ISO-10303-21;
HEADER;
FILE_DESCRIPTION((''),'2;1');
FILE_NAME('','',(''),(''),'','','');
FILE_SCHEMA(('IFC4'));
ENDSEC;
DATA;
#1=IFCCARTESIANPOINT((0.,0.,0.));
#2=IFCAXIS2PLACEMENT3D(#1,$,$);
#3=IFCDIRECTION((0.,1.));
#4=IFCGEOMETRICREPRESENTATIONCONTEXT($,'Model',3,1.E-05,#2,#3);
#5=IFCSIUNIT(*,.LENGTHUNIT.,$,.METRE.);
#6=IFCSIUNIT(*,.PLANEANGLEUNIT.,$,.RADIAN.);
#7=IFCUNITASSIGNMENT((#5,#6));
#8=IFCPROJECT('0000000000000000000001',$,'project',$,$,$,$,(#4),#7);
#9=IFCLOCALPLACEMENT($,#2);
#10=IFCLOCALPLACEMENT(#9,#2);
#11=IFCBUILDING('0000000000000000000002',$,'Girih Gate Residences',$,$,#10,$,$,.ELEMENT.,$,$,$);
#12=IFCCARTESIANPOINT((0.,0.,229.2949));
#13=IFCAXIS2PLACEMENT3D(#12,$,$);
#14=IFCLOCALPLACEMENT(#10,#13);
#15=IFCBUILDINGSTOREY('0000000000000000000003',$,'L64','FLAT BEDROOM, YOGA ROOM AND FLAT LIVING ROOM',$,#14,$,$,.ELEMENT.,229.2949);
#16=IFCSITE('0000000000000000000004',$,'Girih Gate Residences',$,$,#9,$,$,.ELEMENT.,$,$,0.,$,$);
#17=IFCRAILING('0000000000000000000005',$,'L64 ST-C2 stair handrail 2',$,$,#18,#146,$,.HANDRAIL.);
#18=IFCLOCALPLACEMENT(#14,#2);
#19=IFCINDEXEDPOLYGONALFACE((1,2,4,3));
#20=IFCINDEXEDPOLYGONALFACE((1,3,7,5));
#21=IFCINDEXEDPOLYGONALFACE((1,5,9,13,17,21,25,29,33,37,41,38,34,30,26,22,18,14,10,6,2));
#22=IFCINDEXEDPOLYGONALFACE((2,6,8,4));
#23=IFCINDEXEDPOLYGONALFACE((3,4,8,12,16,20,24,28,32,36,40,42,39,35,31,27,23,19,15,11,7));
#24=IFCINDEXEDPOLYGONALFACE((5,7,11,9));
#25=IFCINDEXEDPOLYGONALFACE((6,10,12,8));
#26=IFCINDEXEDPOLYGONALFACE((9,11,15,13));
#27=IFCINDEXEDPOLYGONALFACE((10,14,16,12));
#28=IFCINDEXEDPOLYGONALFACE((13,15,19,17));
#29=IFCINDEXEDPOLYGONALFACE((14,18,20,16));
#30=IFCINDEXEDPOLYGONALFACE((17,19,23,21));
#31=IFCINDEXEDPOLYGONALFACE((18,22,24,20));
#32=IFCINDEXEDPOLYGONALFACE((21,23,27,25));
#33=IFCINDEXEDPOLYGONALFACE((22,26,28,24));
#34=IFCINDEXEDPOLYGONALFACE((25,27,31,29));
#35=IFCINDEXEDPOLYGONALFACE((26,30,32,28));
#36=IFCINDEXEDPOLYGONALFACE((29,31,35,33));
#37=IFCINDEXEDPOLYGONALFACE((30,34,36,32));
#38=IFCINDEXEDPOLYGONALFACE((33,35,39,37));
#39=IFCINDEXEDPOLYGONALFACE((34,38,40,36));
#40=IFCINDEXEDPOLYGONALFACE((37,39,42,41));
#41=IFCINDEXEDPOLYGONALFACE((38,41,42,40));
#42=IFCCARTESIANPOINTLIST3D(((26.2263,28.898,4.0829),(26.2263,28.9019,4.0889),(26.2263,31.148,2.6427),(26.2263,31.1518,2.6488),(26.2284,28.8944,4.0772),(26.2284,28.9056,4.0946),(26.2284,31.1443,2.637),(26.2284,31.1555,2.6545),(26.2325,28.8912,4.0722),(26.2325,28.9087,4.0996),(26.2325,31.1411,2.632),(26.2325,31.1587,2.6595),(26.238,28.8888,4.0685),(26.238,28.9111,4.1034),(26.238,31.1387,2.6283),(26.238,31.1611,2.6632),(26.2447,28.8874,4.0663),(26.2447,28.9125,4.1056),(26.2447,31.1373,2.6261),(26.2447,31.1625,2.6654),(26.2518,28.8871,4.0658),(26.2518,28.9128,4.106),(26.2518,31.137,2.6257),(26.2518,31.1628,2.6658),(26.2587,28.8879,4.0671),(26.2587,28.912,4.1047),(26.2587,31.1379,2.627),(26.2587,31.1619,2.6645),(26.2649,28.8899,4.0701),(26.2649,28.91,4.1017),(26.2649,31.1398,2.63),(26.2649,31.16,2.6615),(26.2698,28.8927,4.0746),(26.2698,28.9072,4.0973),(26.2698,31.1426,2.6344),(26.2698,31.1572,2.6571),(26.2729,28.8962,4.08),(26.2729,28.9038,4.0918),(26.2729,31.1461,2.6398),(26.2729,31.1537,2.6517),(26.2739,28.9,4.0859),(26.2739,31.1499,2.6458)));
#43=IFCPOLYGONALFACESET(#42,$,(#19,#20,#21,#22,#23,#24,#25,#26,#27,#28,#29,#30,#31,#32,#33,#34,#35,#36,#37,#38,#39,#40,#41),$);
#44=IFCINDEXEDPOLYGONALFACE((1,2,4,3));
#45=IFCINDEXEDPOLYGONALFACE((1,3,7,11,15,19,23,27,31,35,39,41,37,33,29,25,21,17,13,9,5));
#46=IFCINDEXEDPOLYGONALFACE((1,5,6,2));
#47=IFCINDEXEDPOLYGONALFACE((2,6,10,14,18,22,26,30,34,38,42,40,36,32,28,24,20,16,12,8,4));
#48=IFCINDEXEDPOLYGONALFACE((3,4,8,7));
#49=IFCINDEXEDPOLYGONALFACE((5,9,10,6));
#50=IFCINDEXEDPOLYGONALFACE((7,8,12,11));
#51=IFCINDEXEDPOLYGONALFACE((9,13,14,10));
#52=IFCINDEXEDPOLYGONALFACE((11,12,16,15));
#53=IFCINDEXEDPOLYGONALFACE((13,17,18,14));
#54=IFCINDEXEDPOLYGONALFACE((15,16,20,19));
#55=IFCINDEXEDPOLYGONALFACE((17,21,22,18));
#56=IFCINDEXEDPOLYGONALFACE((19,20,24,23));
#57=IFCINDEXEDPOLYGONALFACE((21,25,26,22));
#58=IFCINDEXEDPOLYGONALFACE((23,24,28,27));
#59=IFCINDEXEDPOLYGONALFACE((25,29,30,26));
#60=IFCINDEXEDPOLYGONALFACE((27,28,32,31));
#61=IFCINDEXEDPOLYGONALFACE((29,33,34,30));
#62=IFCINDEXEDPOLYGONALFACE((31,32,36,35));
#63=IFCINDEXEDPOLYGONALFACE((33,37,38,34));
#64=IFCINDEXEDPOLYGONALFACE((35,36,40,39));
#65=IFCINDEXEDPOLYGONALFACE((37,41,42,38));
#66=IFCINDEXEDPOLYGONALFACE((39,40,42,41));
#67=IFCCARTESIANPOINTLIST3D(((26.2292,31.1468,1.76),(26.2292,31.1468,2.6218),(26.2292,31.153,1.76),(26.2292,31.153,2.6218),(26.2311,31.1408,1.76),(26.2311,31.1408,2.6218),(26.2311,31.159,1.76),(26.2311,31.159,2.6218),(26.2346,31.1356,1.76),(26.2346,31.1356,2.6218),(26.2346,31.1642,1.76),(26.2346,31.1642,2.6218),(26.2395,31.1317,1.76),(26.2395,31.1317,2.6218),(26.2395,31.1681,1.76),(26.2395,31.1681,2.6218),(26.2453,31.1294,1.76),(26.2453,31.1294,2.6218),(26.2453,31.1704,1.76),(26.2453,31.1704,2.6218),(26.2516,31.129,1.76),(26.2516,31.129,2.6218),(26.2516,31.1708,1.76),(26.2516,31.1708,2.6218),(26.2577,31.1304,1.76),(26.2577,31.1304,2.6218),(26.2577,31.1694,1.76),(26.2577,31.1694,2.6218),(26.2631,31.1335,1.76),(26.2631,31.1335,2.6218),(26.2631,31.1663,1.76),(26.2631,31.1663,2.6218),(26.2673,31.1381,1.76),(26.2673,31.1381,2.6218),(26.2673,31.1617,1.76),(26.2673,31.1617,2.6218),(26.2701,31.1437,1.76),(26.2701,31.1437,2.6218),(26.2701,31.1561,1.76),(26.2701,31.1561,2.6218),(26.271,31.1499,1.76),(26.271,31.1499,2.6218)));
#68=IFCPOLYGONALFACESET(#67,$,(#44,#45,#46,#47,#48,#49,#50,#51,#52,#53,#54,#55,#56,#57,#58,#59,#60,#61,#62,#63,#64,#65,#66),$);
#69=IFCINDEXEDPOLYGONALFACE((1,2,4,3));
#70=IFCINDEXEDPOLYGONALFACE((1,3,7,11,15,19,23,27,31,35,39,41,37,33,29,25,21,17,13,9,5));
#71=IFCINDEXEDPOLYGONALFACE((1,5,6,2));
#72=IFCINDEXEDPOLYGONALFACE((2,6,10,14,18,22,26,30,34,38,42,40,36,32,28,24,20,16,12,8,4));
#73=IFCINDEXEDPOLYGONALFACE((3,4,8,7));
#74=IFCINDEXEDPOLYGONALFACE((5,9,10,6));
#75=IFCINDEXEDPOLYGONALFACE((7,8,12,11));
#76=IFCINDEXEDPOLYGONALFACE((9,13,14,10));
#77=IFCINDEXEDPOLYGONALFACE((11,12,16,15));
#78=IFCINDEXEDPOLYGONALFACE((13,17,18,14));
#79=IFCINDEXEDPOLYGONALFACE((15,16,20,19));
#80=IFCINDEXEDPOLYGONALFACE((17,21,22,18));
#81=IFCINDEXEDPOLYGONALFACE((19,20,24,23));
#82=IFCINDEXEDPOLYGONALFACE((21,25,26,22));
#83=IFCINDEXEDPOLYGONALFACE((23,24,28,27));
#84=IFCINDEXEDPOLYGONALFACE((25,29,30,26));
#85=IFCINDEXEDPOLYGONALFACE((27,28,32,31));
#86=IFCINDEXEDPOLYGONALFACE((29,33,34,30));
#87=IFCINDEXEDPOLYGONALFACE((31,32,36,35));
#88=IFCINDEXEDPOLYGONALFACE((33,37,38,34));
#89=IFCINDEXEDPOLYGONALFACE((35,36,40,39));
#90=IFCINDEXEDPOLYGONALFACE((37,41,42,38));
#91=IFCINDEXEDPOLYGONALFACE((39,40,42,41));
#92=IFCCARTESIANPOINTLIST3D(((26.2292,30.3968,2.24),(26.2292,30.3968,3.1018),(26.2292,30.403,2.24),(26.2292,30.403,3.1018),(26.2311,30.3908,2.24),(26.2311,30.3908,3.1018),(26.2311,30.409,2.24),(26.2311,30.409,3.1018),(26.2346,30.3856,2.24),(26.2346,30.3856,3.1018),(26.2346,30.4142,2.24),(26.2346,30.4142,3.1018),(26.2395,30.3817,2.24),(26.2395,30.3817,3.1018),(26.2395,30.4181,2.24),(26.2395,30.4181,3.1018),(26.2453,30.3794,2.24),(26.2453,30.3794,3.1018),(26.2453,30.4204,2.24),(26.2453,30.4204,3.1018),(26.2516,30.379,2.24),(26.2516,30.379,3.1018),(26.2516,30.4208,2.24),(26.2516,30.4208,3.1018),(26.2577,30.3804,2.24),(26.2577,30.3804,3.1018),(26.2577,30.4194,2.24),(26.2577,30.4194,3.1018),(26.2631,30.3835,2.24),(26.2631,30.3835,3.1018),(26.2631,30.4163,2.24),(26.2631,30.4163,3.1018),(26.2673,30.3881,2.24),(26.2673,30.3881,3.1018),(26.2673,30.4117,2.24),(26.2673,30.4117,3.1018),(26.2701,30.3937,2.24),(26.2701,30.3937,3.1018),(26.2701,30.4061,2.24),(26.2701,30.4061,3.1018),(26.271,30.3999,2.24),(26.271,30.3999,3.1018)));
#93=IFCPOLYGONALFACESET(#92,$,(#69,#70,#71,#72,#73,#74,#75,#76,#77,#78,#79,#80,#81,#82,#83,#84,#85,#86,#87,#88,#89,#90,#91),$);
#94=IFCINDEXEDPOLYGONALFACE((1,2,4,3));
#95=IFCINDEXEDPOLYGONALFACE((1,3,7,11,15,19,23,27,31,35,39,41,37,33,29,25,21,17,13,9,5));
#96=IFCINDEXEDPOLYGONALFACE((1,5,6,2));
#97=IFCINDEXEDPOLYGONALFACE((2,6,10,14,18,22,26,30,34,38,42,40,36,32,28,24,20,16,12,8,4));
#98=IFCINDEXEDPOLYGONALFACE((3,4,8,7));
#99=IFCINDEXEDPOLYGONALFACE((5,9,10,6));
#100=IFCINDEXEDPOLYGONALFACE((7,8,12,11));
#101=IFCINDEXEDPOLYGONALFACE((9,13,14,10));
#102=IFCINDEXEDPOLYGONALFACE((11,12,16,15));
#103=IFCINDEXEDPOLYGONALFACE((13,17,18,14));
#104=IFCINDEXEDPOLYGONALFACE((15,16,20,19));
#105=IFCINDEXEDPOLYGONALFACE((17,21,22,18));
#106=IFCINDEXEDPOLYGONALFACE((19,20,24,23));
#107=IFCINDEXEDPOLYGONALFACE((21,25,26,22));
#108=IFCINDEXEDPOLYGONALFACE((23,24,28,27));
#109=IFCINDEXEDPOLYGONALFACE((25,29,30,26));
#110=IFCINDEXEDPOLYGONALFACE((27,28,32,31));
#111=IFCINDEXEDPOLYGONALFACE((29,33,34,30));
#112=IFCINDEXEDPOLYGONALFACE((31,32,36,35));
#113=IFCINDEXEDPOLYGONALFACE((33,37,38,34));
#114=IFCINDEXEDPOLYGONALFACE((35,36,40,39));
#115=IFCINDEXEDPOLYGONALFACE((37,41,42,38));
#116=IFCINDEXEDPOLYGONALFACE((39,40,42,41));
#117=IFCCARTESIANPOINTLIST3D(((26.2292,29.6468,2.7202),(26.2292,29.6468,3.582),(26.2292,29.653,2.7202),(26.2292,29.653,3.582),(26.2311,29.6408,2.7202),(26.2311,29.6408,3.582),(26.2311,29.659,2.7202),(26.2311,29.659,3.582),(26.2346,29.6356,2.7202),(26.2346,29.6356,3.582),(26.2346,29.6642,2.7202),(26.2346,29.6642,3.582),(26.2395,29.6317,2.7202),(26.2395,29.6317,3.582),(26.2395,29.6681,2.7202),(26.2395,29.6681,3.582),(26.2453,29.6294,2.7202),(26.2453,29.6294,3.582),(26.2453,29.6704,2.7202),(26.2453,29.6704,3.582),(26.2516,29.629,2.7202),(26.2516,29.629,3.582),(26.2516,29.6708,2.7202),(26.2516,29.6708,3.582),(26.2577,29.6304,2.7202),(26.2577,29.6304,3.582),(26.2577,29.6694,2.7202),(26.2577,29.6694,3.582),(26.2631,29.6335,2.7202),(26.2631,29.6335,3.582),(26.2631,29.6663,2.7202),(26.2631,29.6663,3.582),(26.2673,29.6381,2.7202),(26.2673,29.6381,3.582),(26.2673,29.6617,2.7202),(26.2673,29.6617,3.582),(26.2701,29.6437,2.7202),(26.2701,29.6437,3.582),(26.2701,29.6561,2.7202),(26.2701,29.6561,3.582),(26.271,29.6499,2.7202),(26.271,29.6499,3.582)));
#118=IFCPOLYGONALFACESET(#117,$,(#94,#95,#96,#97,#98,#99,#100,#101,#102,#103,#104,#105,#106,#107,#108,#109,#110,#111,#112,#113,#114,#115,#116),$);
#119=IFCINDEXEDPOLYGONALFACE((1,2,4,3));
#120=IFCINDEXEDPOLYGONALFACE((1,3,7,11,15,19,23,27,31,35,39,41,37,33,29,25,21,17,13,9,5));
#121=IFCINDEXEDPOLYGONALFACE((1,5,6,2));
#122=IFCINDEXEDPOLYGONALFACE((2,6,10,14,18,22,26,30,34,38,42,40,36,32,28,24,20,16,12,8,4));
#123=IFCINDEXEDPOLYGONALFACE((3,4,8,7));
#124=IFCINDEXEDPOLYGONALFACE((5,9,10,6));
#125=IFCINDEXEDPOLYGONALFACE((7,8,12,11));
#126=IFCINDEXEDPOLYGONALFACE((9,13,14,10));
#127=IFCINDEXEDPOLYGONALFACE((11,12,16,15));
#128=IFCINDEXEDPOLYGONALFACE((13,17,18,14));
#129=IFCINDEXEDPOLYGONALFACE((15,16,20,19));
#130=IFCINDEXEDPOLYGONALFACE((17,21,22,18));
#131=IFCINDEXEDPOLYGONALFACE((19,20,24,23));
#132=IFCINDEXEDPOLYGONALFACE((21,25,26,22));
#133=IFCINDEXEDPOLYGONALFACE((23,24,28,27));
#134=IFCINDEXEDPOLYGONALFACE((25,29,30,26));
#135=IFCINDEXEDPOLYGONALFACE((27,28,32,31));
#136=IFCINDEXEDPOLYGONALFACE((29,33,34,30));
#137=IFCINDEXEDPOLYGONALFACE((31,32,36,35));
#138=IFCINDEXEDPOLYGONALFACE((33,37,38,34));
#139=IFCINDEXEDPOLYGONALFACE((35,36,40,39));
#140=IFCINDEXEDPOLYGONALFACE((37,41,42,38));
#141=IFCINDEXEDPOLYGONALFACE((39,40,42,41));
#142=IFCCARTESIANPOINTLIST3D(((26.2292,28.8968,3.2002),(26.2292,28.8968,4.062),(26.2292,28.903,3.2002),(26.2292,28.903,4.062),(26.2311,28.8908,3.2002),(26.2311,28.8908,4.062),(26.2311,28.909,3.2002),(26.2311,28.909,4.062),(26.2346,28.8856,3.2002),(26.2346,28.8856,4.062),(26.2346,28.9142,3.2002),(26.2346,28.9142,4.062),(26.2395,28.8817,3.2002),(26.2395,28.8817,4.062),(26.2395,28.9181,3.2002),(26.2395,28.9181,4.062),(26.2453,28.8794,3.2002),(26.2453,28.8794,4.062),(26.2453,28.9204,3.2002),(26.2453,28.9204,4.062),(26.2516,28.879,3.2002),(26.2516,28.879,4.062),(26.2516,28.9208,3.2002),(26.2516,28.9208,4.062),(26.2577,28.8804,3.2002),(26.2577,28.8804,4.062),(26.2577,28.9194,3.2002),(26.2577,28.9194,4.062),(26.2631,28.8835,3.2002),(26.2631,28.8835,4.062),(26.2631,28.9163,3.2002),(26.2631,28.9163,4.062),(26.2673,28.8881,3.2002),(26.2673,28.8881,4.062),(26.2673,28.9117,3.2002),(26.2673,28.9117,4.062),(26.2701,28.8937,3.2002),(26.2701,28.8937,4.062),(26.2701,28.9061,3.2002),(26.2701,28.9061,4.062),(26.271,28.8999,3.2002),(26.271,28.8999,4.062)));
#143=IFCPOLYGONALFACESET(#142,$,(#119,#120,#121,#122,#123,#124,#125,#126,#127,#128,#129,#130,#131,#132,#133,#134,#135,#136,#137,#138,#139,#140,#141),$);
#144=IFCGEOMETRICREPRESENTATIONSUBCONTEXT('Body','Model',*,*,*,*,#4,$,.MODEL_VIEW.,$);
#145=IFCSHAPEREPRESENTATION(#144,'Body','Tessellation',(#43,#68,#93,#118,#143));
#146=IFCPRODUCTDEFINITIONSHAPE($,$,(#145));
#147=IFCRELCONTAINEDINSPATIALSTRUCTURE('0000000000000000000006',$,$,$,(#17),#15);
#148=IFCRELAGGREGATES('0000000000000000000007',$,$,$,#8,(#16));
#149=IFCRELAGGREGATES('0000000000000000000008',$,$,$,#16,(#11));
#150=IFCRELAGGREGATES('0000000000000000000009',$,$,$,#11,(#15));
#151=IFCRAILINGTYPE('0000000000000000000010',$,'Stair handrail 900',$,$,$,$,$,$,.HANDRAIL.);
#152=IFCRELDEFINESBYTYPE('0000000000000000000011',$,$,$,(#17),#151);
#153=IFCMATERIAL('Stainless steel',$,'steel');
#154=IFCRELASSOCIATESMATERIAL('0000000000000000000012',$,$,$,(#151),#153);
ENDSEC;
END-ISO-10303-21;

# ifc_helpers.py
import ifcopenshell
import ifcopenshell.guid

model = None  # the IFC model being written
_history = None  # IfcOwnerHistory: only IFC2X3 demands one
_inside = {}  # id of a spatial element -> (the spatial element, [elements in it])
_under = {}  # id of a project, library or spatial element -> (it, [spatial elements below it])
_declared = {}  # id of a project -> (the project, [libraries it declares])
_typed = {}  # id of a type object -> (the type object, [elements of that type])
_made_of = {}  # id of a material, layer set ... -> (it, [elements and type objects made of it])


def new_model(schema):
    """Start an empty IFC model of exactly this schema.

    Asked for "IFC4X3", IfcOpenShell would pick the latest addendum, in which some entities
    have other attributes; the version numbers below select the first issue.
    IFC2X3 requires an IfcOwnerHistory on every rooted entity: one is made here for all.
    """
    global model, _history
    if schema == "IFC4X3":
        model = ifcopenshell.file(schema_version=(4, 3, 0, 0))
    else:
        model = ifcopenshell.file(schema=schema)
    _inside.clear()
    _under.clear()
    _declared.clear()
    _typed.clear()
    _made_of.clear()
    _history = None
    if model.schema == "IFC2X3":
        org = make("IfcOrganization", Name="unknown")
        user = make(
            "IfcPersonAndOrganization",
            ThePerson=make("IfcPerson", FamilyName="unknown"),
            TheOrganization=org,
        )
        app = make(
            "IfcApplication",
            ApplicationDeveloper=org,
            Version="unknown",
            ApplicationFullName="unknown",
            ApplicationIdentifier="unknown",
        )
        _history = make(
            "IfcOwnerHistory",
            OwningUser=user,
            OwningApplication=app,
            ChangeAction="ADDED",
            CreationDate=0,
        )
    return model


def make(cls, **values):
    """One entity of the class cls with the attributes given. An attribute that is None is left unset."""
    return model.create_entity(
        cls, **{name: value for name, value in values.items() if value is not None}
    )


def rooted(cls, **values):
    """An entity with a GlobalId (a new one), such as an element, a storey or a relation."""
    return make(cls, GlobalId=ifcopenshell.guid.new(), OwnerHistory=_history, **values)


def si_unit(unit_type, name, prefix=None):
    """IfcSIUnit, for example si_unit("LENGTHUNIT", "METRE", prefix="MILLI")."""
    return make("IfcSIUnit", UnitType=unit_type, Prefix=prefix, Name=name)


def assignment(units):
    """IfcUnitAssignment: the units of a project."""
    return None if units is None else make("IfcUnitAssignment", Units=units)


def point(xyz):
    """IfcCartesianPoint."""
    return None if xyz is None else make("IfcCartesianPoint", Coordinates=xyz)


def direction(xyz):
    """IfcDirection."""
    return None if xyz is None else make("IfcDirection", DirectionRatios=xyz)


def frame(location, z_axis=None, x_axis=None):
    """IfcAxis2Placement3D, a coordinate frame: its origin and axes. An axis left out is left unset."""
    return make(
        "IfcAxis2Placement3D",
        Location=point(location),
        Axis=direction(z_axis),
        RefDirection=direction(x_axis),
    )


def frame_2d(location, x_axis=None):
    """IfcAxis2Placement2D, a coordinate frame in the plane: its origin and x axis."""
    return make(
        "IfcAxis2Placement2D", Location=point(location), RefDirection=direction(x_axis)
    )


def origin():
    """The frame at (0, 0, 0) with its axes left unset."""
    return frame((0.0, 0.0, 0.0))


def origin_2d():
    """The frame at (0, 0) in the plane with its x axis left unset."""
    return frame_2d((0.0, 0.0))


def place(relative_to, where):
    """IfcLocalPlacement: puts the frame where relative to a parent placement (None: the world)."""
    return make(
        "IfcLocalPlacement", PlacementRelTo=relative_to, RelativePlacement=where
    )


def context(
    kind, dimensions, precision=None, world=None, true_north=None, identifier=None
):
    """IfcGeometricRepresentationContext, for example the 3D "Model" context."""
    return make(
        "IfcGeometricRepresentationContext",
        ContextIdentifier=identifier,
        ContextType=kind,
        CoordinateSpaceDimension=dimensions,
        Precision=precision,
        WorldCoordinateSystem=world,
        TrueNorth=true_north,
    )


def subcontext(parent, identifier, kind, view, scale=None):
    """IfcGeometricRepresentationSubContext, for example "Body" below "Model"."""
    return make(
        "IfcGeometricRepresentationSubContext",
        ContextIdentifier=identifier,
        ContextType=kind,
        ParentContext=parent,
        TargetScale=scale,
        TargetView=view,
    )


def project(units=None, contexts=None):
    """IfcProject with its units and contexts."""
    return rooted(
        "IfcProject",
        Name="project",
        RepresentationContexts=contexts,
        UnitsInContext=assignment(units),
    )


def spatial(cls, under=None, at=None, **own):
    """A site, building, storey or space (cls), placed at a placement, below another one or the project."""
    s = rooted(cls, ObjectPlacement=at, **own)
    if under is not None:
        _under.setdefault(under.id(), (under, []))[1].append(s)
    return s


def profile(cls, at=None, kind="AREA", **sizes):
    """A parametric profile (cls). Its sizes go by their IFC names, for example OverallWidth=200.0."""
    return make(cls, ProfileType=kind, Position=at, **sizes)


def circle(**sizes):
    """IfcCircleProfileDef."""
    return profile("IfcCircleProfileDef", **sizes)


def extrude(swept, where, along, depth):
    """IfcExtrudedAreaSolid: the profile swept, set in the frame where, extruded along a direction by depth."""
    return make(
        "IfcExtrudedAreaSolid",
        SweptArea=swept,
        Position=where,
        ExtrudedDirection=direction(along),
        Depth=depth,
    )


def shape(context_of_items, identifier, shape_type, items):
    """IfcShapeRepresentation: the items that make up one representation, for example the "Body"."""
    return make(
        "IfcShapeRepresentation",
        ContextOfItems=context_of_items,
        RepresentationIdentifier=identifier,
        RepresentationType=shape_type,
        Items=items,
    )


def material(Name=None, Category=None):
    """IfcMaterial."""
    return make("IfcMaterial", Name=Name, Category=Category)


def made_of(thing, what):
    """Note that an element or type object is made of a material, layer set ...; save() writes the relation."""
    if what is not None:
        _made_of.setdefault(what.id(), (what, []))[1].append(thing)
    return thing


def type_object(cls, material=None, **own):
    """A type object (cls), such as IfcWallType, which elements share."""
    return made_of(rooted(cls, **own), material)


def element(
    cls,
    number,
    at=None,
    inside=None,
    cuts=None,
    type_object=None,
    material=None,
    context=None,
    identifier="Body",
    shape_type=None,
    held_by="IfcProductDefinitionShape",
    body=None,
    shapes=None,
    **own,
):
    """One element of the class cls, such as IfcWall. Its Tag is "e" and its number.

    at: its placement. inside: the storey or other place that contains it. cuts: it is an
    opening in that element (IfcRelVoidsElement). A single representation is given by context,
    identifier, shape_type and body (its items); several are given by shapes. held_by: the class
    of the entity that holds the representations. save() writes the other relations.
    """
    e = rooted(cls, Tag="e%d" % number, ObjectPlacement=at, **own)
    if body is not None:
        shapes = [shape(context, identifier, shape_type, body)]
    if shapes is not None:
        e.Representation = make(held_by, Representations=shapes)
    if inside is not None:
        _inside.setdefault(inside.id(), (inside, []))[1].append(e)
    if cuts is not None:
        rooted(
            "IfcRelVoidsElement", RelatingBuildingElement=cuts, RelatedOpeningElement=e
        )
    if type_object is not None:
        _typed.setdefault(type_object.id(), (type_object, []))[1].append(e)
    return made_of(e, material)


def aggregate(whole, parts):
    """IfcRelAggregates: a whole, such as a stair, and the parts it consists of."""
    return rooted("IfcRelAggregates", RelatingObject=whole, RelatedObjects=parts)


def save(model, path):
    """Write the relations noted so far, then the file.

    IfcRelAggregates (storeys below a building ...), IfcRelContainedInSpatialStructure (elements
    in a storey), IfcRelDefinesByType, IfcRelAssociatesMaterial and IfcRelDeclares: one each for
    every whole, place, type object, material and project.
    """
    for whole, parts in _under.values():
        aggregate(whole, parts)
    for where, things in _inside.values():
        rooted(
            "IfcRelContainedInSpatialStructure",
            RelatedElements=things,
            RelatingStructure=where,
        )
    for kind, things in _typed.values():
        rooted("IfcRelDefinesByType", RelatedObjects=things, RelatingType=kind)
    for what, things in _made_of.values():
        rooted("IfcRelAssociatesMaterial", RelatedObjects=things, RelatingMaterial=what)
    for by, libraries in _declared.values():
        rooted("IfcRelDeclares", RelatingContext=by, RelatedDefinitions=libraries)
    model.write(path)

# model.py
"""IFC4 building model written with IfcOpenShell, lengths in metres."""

from ifc_helpers import new_model, si_unit, direction, frame, origin, origin_2d, place, context, subcontext, project, spatial, circle, extrude, material, type_object, element, save


model = new_model("IFC4")

# Units and contexts
model_context = context("Model", 3, precision=1e-05, world=origin(), true_north=direction((0.0, 1.0)))
body_context = subcontext(model_context, "Body", "Model", "MODEL_VIEW")
ifc_project = project(units=[si_unit("LENGTHUNIT", "METRE"), si_unit("PLANEANGLEUNIT", "RADIAN")], contexts=[model_context])

# Site, building, storey
site_placement = place(None, origin())
site = spatial("IfcSite", under=ifc_project, at=site_placement, Name="Girih Gate Residences", CompositionType="ELEMENT", RefElevation=0.0)
building_placement = place(site_placement, origin())
building = spatial("IfcBuilding", under=site, at=building_placement, Name="Girih Gate Residences", CompositionType="ELEMENT")
storey_placement = place(building_placement, frame((0.0, 0.0, 229.2949)))
storey = spatial("IfcBuildingStorey", under=building, at=storey_placement, Name="L64", Description="FLAT BEDROOM, YOGA ROOM AND FLAT LIVING ROOM", CompositionType="ELEMENT", Elevation=229.2949)

# Railing
ifc_material_1 = material(Name="Stainless steel", Category="steel")
railing_type_1 = type_object("IfcRailingType", Name="Stair handrail 900", PredefinedType="HANDRAIL", material=ifc_material_1)
railing_1_placement = place(storey_placement, frame((26.25, 31.1499, 1.76)))
element("IfcRailing", 1, at=railing_1_placement, inside=storey, type_object=railing_type_1, Name="L64 ST-C2 stair handrail 2", PredefinedType="HANDRAIL", context=body_context, shape_type="SweptSolid", body=[
    extrude(circle(Radius=0.0239, at=origin_2d()), frame((0.0, 0.0, 0.8857), z_axis=(0.0, -0.84224, 0.539103), x_axis=(1.0, 0.0, 0.0)), (0.0, 0.0, 1.0), 2.6714),
    extrude(circle(Radius=0.021, at=origin_2d()), origin(), (0.0, 0.0, 1.0), 0.8618),
    extrude(circle(Radius=0.021, at=origin_2d()), frame((0.0, -0.75, 0.48)), (0.0, 0.0, 1.0), 0.8618),
    extrude(circle(Radius=0.021, at=origin_2d()), frame((0.0, -1.5, 0.9602)), (0.0, 0.0, 1.0), 0.8618),
    extrude(circle(Radius=0.021, at=origin_2d()), frame((0.0, -2.25, 1.4402)), (0.0, 0.0, 1.0), 0.8618),
])

save(model, "model.ifc")
